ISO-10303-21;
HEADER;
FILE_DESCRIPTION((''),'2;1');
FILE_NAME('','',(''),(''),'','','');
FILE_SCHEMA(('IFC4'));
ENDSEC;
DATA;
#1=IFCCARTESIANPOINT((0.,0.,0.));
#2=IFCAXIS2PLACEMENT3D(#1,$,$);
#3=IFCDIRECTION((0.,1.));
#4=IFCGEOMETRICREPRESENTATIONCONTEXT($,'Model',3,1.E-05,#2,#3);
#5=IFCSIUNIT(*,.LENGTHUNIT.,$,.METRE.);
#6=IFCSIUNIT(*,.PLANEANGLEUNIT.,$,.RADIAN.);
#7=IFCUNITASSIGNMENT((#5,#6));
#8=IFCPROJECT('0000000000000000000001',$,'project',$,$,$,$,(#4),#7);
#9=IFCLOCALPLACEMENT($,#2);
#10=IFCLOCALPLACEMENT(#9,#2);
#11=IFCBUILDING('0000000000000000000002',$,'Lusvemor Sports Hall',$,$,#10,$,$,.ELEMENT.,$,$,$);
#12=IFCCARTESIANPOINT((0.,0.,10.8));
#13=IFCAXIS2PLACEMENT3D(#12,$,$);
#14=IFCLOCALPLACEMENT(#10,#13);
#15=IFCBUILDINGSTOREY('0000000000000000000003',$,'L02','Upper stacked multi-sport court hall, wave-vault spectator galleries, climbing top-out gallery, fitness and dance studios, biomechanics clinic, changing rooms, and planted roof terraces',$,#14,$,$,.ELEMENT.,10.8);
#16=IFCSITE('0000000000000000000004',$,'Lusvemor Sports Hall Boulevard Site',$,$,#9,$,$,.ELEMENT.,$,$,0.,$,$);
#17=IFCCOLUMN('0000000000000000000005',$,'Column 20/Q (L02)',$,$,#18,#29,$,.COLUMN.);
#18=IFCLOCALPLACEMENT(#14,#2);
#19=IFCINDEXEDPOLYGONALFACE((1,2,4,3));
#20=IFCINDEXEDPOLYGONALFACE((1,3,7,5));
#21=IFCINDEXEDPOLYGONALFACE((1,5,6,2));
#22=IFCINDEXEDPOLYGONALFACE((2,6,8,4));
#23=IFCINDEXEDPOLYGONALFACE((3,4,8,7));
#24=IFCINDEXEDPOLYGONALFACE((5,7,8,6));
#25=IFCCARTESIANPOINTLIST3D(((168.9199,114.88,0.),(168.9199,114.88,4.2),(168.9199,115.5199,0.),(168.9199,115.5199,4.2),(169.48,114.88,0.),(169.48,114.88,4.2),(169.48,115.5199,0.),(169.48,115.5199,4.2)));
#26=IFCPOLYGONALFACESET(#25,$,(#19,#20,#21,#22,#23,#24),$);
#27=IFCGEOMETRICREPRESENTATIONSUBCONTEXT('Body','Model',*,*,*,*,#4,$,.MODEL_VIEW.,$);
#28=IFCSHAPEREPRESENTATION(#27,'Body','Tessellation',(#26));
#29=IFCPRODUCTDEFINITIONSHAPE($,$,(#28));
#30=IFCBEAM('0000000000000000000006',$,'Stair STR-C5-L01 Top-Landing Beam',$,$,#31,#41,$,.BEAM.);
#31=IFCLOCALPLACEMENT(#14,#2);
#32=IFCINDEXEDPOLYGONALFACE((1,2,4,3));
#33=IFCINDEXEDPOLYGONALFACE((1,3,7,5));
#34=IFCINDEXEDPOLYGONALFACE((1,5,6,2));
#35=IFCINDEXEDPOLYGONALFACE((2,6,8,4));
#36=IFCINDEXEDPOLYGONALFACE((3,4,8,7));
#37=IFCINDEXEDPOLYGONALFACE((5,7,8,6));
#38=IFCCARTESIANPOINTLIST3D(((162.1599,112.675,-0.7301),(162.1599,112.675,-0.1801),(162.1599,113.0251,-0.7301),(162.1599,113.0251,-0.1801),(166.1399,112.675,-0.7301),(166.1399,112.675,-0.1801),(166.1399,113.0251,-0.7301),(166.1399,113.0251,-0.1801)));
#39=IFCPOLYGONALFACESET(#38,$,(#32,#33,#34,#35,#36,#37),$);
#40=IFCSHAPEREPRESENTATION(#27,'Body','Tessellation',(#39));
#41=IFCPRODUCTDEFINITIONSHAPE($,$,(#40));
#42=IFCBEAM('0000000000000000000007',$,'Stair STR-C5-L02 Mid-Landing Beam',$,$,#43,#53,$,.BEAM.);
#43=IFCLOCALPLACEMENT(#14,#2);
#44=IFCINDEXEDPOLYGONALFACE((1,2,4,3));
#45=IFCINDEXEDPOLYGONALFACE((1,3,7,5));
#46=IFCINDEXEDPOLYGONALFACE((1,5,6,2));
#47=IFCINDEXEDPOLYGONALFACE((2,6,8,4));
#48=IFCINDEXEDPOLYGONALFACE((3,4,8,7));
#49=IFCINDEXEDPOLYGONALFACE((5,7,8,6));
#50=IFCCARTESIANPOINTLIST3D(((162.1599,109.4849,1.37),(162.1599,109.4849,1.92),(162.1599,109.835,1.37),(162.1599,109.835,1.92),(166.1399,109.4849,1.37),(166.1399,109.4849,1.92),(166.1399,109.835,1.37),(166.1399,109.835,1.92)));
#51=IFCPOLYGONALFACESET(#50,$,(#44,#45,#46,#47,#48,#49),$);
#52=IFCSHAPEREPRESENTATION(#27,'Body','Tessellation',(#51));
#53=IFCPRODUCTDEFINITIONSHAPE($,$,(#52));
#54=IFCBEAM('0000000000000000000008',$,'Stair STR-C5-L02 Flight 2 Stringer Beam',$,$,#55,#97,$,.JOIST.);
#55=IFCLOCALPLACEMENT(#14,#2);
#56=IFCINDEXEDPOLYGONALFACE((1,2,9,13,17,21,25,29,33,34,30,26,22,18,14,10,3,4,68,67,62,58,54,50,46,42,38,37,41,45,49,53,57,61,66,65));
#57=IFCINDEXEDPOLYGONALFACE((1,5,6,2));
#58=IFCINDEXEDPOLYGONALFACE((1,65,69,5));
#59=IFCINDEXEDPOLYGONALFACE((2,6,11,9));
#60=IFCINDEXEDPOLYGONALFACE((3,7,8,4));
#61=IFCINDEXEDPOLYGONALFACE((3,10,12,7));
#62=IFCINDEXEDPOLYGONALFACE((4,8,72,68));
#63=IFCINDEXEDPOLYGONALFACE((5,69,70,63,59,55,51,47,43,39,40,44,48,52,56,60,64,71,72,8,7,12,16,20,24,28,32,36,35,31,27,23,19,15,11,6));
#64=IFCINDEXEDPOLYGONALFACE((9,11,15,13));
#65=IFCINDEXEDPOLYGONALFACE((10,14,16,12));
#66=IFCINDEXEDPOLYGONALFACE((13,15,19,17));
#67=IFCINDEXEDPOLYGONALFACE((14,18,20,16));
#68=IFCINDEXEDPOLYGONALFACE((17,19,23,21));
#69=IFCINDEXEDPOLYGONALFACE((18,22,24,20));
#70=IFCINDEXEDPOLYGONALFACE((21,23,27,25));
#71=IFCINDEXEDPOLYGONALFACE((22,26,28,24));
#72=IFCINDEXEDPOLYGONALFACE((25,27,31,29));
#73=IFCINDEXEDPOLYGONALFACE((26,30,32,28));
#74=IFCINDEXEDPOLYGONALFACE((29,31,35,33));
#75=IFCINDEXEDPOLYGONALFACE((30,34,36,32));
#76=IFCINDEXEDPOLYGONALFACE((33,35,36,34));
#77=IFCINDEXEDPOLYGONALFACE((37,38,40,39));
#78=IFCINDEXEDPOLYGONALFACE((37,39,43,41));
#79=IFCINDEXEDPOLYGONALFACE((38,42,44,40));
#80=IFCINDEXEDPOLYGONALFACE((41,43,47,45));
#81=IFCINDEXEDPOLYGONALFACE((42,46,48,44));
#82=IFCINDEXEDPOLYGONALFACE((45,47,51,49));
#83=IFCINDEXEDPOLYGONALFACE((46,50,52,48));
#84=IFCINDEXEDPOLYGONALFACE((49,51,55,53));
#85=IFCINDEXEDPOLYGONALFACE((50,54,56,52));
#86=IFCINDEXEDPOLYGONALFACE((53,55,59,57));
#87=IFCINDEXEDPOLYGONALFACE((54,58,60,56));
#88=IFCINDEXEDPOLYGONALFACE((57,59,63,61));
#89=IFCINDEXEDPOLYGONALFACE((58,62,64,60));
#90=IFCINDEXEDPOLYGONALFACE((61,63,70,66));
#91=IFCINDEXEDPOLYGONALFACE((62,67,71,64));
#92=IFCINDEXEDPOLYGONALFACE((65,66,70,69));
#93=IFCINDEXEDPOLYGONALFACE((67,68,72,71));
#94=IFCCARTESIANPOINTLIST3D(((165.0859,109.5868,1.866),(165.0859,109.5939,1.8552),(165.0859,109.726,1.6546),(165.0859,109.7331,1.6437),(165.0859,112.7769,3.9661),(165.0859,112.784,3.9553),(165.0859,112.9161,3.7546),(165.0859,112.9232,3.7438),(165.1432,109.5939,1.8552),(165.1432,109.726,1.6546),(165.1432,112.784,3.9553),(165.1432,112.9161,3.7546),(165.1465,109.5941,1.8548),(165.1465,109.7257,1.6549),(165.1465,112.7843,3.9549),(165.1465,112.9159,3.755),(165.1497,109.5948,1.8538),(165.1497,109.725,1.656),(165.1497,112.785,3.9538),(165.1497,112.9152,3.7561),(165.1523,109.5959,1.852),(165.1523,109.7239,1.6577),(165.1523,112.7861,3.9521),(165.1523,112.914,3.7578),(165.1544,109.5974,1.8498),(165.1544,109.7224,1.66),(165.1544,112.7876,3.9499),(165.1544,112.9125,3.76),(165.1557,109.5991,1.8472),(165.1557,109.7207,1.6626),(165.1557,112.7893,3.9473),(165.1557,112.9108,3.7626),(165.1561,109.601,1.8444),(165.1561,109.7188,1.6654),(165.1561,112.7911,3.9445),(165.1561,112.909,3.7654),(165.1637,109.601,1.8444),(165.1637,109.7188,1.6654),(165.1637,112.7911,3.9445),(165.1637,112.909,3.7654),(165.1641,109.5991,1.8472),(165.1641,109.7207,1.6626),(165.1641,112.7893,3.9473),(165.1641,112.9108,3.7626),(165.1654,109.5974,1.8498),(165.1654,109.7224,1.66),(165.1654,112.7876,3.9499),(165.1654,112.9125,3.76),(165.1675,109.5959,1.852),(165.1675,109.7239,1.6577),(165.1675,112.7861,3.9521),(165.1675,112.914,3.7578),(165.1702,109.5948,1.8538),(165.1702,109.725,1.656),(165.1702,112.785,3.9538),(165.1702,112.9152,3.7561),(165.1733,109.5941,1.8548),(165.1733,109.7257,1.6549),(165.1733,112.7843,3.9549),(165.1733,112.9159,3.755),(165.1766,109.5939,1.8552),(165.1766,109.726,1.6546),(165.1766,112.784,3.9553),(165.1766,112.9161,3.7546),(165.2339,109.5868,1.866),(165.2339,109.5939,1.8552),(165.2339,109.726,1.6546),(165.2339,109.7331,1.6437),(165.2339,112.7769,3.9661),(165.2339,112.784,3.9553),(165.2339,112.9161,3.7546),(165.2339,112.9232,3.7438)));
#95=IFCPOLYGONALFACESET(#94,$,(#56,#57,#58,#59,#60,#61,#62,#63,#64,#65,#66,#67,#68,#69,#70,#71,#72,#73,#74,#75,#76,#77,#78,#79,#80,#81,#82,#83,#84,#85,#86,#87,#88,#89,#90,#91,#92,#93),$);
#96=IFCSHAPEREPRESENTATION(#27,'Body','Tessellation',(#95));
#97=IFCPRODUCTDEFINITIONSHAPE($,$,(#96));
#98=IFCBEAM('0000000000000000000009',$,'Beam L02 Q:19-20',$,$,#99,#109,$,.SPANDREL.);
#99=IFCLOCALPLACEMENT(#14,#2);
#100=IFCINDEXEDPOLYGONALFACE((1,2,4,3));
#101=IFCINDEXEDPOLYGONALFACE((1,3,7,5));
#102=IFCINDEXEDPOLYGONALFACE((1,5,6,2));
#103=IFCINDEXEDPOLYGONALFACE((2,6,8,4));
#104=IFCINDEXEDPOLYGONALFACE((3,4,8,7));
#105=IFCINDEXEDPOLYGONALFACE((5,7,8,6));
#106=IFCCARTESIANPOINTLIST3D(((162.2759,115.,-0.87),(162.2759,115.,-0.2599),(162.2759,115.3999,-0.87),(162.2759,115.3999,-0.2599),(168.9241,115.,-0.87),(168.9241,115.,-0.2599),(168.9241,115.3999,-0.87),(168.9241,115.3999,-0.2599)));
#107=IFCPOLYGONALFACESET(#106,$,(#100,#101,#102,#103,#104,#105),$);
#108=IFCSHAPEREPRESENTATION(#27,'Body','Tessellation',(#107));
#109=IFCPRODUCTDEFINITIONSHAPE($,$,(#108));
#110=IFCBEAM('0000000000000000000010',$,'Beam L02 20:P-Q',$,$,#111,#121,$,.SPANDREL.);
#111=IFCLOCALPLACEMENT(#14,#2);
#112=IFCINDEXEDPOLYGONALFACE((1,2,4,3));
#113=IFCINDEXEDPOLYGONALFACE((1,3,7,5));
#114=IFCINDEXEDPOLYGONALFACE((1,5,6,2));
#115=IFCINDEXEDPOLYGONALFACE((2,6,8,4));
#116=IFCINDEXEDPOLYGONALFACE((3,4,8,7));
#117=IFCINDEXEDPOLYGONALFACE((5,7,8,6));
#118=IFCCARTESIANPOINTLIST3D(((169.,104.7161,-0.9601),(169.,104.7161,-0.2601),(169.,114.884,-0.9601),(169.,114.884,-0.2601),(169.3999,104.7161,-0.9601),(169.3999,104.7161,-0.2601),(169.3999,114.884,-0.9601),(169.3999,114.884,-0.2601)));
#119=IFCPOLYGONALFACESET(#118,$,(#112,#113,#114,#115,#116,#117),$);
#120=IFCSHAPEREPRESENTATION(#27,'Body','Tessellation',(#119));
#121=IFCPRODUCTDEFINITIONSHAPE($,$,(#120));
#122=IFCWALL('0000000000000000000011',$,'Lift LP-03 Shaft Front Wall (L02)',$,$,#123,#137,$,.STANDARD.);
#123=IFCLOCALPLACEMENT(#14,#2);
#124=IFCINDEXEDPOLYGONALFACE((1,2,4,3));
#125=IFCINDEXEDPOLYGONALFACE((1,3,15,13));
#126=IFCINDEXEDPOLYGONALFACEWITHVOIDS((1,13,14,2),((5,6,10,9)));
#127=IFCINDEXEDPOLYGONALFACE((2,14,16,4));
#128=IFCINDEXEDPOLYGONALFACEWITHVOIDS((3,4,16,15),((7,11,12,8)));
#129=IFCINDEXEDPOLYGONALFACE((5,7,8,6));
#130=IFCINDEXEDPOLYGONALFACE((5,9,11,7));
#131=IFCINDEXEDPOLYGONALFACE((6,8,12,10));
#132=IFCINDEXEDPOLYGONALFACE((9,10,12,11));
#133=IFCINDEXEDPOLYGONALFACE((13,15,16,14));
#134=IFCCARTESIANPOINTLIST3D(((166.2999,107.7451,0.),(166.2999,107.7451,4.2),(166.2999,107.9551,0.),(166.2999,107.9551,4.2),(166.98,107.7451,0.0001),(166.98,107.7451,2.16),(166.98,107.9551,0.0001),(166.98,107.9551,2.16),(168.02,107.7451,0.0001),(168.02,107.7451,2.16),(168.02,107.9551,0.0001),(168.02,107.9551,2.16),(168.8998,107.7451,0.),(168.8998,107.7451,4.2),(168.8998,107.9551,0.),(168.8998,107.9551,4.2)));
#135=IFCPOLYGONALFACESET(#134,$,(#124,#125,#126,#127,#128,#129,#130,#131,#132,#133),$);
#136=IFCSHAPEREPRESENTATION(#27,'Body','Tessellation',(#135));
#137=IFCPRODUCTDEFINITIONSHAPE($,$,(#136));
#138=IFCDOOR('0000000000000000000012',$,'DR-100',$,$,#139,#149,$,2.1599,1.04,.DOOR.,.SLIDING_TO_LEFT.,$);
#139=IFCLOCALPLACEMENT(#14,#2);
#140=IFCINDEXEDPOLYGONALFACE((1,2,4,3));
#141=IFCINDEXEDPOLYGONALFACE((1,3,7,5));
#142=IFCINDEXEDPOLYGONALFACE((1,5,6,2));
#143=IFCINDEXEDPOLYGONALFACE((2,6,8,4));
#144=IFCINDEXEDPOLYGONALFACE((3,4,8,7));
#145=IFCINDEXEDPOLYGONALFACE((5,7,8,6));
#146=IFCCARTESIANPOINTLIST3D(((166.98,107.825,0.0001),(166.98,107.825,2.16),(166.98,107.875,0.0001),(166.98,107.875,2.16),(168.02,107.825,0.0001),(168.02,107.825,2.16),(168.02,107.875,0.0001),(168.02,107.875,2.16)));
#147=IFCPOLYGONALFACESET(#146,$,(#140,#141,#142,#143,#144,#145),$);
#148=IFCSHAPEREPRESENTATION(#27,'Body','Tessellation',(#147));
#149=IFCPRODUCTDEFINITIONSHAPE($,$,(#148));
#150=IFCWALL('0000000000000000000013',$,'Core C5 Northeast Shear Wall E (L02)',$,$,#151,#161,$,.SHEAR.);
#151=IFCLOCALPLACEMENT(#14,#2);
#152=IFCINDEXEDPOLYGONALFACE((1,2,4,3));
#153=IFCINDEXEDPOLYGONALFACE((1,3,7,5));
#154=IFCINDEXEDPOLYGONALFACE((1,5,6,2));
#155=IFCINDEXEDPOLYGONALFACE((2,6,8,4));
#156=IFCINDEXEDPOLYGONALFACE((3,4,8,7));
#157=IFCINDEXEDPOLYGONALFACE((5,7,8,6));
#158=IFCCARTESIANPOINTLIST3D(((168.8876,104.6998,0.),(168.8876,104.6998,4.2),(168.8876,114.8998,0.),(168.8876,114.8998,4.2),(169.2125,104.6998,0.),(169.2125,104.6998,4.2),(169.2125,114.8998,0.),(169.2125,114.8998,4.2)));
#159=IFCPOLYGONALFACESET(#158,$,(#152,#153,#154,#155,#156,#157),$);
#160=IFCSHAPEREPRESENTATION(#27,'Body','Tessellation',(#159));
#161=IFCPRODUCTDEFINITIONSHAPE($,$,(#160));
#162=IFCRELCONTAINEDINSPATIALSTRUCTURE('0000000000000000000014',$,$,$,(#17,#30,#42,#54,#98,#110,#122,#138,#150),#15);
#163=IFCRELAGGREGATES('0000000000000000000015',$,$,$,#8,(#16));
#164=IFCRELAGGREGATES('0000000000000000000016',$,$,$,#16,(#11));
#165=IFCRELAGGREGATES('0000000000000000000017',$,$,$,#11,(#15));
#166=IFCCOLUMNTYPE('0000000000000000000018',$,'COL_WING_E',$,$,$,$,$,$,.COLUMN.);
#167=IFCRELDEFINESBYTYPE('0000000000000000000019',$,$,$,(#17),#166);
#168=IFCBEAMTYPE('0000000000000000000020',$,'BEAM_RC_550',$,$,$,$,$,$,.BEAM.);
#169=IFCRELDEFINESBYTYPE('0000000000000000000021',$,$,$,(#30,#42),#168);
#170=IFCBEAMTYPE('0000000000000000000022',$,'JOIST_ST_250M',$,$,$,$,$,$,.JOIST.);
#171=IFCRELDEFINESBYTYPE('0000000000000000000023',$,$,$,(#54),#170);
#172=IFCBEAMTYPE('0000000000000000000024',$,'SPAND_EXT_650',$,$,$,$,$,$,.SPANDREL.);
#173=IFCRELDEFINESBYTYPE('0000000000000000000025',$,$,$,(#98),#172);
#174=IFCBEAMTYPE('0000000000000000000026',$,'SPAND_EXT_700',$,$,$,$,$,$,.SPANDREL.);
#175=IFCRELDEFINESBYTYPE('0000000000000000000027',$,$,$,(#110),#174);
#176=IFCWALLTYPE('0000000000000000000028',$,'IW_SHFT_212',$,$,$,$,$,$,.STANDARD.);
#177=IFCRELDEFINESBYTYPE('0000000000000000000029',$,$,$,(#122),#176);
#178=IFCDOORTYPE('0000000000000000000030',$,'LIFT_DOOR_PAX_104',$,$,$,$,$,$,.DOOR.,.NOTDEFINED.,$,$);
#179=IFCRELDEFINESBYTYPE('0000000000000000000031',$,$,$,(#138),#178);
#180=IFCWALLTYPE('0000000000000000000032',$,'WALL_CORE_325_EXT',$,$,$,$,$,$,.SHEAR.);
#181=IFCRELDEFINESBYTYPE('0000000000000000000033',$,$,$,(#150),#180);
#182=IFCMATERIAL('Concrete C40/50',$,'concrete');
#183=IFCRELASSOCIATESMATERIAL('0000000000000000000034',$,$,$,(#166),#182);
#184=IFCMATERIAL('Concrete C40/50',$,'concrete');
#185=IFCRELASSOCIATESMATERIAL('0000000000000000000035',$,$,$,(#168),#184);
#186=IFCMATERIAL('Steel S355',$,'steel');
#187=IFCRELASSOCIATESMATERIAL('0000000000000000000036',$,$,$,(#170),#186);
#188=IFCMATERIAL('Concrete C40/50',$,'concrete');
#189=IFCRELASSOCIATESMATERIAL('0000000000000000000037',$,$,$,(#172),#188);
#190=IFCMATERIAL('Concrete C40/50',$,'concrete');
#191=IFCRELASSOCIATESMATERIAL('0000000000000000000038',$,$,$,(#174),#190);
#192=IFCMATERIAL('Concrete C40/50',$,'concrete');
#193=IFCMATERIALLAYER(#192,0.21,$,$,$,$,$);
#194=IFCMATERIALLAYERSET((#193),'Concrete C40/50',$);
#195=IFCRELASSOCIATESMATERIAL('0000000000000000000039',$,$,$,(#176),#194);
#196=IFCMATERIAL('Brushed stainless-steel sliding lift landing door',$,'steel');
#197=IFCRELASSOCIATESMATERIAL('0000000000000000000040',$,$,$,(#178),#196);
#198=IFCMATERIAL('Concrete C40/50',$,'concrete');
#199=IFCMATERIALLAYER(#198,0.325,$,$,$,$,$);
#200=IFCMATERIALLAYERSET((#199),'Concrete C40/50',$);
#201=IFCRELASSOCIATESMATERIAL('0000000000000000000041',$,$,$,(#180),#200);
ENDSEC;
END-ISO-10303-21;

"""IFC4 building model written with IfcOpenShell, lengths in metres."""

from ifc_helpers import new_model, si_unit, direction, frame, frame_2d, origin, origin_2d, place, context, subcontext, project, spatial, rectangle, i_section, extrude, material, layer, layer_set, material_profile, profile_set, type_object, element, fill, save


model = new_model("IFC4")

# Units and contexts
model_context = context("Model", 3, precision=1e-05, world=origin(), true_north=direction((0.0, 1.0)))
body_context = subcontext(model_context, "Body", "Model", "MODEL_VIEW")
ifc_project = project(units=[si_unit("LENGTHUNIT", "METRE"), si_unit("PLANEANGLEUNIT", "RADIAN")], contexts=[model_context])

# Site, building, storey
site_placement = place(None, origin())
site = spatial("IfcSite", under=ifc_project, at=site_placement, Name="Lusvemor Sports Hall Boulevard Site", CompositionType="ELEMENT", RefElevation=0.0)
building_placement = place(site_placement, origin())
building = spatial("IfcBuilding", under=site, at=building_placement, Name="Lusvemor Sports Hall", CompositionType="ELEMENT")
storey_placement = place(building_placement, frame((0.0, 0.0, 10.8)))
storey = spatial("IfcBuildingStorey", under=building, at=storey_placement, Name="L02", Description="Upper stacked multi-sport court hall, wave-vault spectator galleries, climbing top-out gallery, fitness and dance studios, biomechanics clinic, changing rooms, and planted roof terraces", CompositionType="ELEMENT", Elevation=10.8)

# Column
ifc_material_1 = material(Name="Concrete C40/50", Category="concrete")
ifc_material_profile_1 = material_profile(ifc_material_1, rectangle(XDim=0.5601, YDim=0.6399, at=origin_2d()), Name="RC560x640")
ifc_profile_set_1 = profile_set([ifc_material_profile_1], Name="Concrete C40/50")
column_type = type_object("IfcColumnType", Name="COL_WING_E", PredefinedType="COLUMN", material=ifc_profile_set_1)
column_placement = place(storey_placement, frame((169.2, 115.2, 0.0), z_axis=(0.0, 0.0, 1.0), x_axis=(1.0, 0.0, 0.0)))
element("IfcColumn", 1, at=column_placement, inside=storey, type_object=column_type, Name="Column 20/Q (L02)", PredefinedType="COLUMN", context=body_context, shape_type="SweptSolid", body=[
    extrude(rectangle(XDim=0.5601, YDim=0.6399, at=origin_2d()), origin(), (0.0, 0.0, 1.0), 4.2),
])

# Beams
ifc_material_2 = material(Name="Concrete C40/50", Category="concrete")
ifc_material_profile_2 = material_profile(ifc_material_2, rectangle(XDim=0.3501, YDim=0.55, at=origin_2d()), Name="RC350x550")
ifc_profile_set_2 = profile_set([ifc_material_profile_2], Name="Concrete C40/50")
beam_type_1 = type_object("IfcBeamType", Name="BEAM_RC_550", PredefinedType="BEAM", material=ifc_profile_set_2)
for number, where, z_axis, x_axis, name in (
    (2, (162.1599, 112.8501, -0.4551), (1.0, 0.0, 0.0), (0.0, 1.0, 0.0), "Stair STR-C5-L01 Top-Landing Beam"),
    (3, (162.1599, 109.6599, 1.645), (1.0, 0.0, 0.0), (0.0, 1.0, 0.0), "Stair STR-C5-L02 Mid-Landing Beam"),
):
    element("IfcBeam", number, at=place(storey_placement, frame(where, z_axis=z_axis, x_axis=x_axis)), inside=storey, type_object=beam_type_1, Name=name, PredefinedType="BEAM", context=body_context, shape_type="SweptSolid", body=[
        extrude(rectangle(XDim=0.3501, YDim=0.55, at=origin_2d()), origin(), (0.0, 0.0, 1.0), 3.98),
    ])
ifc_material_3 = material(Name="Steel S355", Category="steel")
ifc_material_profile_3 = material_profile(ifc_material_3, i_section(OverallWidth=0.1479, OverallDepth=0.2661, WebThickness=0.0076, FlangeThickness=0.0129, FilletRadius=0.0129, at=origin_2d()), Name="W250x44.8")
ifc_profile_set_3 = profile_set([ifc_material_profile_3], Name="Steel S355")
beam_type_2 = type_object("IfcBeamType", Name="JOIST_ST_250M", PredefinedType="JOIST", material=ifc_profile_set_3)
beam_1_placement = place(storey_placement, frame((165.1599, 109.6599, 1.7549), z_axis=(0.0, 0.835262, 0.549852), x_axis=(-1.0, 0.0, 0.0)))
element("IfcBeam", 4, at=beam_1_placement, inside=storey, type_object=beam_type_2, Name="Stair STR-C5-L02 Flight 2 Stringer Beam", PredefinedType="JOIST", context=body_context, shape_type="SweptSolid", body=[
    extrude(i_section(OverallWidth=0.1479, OverallDepth=0.2661, WebThickness=0.0076, FlangeThickness=0.0129, FilletRadius=0.0129, at=origin_2d()), origin(), (0.0, 0.0, 1.0), 3.8193),
])
ifc_material_4 = material(Name="Concrete C40/50", Category="concrete")
ifc_material_profile_4 = material_profile(ifc_material_4, rectangle(XDim=0.3999, YDim=0.6101, at=origin_2d()), Name="RC400x610")
ifc_profile_set_4 = profile_set([ifc_material_profile_4], Name="Concrete C40/50")
beam_type_3 = type_object("IfcBeamType", Name="SPAND_EXT_650", PredefinedType="SPANDREL", material=ifc_profile_set_4)
beam_2_placement = place(storey_placement, frame((162.2759, 115.2, -0.5649), z_axis=(1.0, 0.0, 0.0), x_axis=(0.0, 1.0, 0.0)))
element("IfcBeam", 5, at=beam_2_placement, inside=storey, type_object=beam_type_3, Name="Beam L02 Q:19-20", PredefinedType="SPANDREL", context=body_context, shape_type="SweptSolid", body=[
    extrude(rectangle(XDim=0.3999, YDim=0.6101, at=origin_2d()), origin(), (0.0, 0.0, 1.0), 6.6482),
])
ifc_material_5 = material(Name="Concrete C40/50", Category="concrete")
ifc_material_profile_5 = material_profile(ifc_material_5, rectangle(XDim=0.3999, YDim=0.7, at=origin_2d()), Name="RC400x700")
ifc_profile_set_5 = profile_set([ifc_material_profile_5], Name="Concrete C40/50")
beam_type_4 = type_object("IfcBeamType", Name="SPAND_EXT_700", PredefinedType="SPANDREL", material=ifc_profile_set_5)
beam_3_placement = place(storey_placement, frame((169.2, 104.7161, -0.6101), z_axis=(0.0, 1.0, 0.0), x_axis=(-1.0, 0.0, 0.0)))
element("IfcBeam", 6, at=beam_3_placement, inside=storey, type_object=beam_type_4, Name="Beam L02 20:P-Q", PredefinedType="SPANDREL", context=body_context, shape_type="SweptSolid", body=[
    extrude(rectangle(XDim=0.3999, YDim=0.7, at=origin_2d()), origin(), (0.0, 0.0, 1.0), 10.168),
])

# Wall, opening, door
ifc_material_6 = material(Name="Concrete C40/50", Category="concrete")
ifc_layer_1 = layer(ifc_material_6, 0.21)
ifc_layer_set_1 = layer_set([ifc_layer_1], Name="Concrete C40/50")
wall_type_1 = type_object("IfcWallType", Name="IW_SHFT_212", PredefinedType="STANDARD", material=ifc_layer_set_1)
wall_1_placement = place(storey_placement, frame((166.3, 107.8501, 0.0), z_axis=(0.0, 0.0, 1.0), x_axis=(1.0, 0.0, 0.0)))
wall_1 = element("IfcWall", 7, at=wall_1_placement, inside=storey, type_object=wall_type_1, Name="Lift LP-03 Shaft Front Wall (L02)", PredefinedType="STANDARD", context=body_context, shape_type="SweptSolid", body=[
    extrude(rectangle(XDim=2.5999, YDim=0.21, at=frame_2d((1.2998, 0.0))), origin(), (0.0, 0.0, 1.0), 4.2),
])
opening_placement = place(wall_1_placement, frame((0.6799, 0.0, 0.0)))
opening = element("IfcOpeningElement", 8, at=opening_placement, cuts=wall_1, PredefinedType="OPENING", context=body_context, shape_type="SweptSolid", body=[
    extrude(rectangle(XDim=1.04, YDim=2.1599, at=frame_2d((0.52, 1.0801))), frame((0.0, 0.105, 0.0), z_axis=(0.0, -1.0, 0.0), x_axis=(1.0, 0.0, 0.0)), (0.0, 0.0, 1.0), 0.21),
])
ifc_material_7 = material(Name="Brushed stainless-steel sliding lift landing door", Category="steel")
door_type = type_object("IfcDoorType", Name="LIFT_DOOR_PAX_104", OperationType="NOTDEFINED", PredefinedType="DOOR", material=ifc_material_7)
door_placement = place(opening_placement, origin())
door = element("IfcDoor", 9, at=door_placement, inside=storey, type_object=door_type, Name="DR-100", OperationType="SLIDING_TO_LEFT", OverallHeight=2.1599, OverallWidth=1.04, PredefinedType="DOOR", context=body_context, shape_type="SweptSolid", body=[
    extrude(rectangle(XDim=1.04, YDim=2.1599, at=frame_2d((0.52, 1.0801))), frame((0.0, 0.0249, 0.0), z_axis=(0.0, -1.0, 0.0), x_axis=(1.0, 0.0, 0.0)), (0.0, 0.0, 1.0), 0.05),
])
fill(opening, door)

# Wall
ifc_material_8 = material(Name="Concrete C40/50", Category="concrete")
ifc_layer_2 = layer(ifc_material_8, 0.325)
ifc_layer_set_2 = layer_set([ifc_layer_2], Name="Concrete C40/50")
wall_type_2 = type_object("IfcWallType", Name="WALL_CORE_325_EXT", PredefinedType="SHEAR", material=ifc_layer_set_2)
wall_2_placement = place(storey_placement, frame((169.05, 114.8999, 0.0), z_axis=(0.0, 0.0, 1.0), x_axis=(0.0, -1.0, 0.0)))
element("IfcWall", 10, at=wall_2_placement, inside=storey, type_object=wall_type_2, Name="Core C5 Northeast Shear Wall E (L02)", PredefinedType="SHEAR", context=body_context, shape_type="SweptSolid", body=[
    extrude(rectangle(XDim=10.2, YDim=0.325, at=frame_2d((5.1001, 0.0))), origin(), (0.0, 0.0, 1.0), 4.2),
])

save(model, "model.ifc")
